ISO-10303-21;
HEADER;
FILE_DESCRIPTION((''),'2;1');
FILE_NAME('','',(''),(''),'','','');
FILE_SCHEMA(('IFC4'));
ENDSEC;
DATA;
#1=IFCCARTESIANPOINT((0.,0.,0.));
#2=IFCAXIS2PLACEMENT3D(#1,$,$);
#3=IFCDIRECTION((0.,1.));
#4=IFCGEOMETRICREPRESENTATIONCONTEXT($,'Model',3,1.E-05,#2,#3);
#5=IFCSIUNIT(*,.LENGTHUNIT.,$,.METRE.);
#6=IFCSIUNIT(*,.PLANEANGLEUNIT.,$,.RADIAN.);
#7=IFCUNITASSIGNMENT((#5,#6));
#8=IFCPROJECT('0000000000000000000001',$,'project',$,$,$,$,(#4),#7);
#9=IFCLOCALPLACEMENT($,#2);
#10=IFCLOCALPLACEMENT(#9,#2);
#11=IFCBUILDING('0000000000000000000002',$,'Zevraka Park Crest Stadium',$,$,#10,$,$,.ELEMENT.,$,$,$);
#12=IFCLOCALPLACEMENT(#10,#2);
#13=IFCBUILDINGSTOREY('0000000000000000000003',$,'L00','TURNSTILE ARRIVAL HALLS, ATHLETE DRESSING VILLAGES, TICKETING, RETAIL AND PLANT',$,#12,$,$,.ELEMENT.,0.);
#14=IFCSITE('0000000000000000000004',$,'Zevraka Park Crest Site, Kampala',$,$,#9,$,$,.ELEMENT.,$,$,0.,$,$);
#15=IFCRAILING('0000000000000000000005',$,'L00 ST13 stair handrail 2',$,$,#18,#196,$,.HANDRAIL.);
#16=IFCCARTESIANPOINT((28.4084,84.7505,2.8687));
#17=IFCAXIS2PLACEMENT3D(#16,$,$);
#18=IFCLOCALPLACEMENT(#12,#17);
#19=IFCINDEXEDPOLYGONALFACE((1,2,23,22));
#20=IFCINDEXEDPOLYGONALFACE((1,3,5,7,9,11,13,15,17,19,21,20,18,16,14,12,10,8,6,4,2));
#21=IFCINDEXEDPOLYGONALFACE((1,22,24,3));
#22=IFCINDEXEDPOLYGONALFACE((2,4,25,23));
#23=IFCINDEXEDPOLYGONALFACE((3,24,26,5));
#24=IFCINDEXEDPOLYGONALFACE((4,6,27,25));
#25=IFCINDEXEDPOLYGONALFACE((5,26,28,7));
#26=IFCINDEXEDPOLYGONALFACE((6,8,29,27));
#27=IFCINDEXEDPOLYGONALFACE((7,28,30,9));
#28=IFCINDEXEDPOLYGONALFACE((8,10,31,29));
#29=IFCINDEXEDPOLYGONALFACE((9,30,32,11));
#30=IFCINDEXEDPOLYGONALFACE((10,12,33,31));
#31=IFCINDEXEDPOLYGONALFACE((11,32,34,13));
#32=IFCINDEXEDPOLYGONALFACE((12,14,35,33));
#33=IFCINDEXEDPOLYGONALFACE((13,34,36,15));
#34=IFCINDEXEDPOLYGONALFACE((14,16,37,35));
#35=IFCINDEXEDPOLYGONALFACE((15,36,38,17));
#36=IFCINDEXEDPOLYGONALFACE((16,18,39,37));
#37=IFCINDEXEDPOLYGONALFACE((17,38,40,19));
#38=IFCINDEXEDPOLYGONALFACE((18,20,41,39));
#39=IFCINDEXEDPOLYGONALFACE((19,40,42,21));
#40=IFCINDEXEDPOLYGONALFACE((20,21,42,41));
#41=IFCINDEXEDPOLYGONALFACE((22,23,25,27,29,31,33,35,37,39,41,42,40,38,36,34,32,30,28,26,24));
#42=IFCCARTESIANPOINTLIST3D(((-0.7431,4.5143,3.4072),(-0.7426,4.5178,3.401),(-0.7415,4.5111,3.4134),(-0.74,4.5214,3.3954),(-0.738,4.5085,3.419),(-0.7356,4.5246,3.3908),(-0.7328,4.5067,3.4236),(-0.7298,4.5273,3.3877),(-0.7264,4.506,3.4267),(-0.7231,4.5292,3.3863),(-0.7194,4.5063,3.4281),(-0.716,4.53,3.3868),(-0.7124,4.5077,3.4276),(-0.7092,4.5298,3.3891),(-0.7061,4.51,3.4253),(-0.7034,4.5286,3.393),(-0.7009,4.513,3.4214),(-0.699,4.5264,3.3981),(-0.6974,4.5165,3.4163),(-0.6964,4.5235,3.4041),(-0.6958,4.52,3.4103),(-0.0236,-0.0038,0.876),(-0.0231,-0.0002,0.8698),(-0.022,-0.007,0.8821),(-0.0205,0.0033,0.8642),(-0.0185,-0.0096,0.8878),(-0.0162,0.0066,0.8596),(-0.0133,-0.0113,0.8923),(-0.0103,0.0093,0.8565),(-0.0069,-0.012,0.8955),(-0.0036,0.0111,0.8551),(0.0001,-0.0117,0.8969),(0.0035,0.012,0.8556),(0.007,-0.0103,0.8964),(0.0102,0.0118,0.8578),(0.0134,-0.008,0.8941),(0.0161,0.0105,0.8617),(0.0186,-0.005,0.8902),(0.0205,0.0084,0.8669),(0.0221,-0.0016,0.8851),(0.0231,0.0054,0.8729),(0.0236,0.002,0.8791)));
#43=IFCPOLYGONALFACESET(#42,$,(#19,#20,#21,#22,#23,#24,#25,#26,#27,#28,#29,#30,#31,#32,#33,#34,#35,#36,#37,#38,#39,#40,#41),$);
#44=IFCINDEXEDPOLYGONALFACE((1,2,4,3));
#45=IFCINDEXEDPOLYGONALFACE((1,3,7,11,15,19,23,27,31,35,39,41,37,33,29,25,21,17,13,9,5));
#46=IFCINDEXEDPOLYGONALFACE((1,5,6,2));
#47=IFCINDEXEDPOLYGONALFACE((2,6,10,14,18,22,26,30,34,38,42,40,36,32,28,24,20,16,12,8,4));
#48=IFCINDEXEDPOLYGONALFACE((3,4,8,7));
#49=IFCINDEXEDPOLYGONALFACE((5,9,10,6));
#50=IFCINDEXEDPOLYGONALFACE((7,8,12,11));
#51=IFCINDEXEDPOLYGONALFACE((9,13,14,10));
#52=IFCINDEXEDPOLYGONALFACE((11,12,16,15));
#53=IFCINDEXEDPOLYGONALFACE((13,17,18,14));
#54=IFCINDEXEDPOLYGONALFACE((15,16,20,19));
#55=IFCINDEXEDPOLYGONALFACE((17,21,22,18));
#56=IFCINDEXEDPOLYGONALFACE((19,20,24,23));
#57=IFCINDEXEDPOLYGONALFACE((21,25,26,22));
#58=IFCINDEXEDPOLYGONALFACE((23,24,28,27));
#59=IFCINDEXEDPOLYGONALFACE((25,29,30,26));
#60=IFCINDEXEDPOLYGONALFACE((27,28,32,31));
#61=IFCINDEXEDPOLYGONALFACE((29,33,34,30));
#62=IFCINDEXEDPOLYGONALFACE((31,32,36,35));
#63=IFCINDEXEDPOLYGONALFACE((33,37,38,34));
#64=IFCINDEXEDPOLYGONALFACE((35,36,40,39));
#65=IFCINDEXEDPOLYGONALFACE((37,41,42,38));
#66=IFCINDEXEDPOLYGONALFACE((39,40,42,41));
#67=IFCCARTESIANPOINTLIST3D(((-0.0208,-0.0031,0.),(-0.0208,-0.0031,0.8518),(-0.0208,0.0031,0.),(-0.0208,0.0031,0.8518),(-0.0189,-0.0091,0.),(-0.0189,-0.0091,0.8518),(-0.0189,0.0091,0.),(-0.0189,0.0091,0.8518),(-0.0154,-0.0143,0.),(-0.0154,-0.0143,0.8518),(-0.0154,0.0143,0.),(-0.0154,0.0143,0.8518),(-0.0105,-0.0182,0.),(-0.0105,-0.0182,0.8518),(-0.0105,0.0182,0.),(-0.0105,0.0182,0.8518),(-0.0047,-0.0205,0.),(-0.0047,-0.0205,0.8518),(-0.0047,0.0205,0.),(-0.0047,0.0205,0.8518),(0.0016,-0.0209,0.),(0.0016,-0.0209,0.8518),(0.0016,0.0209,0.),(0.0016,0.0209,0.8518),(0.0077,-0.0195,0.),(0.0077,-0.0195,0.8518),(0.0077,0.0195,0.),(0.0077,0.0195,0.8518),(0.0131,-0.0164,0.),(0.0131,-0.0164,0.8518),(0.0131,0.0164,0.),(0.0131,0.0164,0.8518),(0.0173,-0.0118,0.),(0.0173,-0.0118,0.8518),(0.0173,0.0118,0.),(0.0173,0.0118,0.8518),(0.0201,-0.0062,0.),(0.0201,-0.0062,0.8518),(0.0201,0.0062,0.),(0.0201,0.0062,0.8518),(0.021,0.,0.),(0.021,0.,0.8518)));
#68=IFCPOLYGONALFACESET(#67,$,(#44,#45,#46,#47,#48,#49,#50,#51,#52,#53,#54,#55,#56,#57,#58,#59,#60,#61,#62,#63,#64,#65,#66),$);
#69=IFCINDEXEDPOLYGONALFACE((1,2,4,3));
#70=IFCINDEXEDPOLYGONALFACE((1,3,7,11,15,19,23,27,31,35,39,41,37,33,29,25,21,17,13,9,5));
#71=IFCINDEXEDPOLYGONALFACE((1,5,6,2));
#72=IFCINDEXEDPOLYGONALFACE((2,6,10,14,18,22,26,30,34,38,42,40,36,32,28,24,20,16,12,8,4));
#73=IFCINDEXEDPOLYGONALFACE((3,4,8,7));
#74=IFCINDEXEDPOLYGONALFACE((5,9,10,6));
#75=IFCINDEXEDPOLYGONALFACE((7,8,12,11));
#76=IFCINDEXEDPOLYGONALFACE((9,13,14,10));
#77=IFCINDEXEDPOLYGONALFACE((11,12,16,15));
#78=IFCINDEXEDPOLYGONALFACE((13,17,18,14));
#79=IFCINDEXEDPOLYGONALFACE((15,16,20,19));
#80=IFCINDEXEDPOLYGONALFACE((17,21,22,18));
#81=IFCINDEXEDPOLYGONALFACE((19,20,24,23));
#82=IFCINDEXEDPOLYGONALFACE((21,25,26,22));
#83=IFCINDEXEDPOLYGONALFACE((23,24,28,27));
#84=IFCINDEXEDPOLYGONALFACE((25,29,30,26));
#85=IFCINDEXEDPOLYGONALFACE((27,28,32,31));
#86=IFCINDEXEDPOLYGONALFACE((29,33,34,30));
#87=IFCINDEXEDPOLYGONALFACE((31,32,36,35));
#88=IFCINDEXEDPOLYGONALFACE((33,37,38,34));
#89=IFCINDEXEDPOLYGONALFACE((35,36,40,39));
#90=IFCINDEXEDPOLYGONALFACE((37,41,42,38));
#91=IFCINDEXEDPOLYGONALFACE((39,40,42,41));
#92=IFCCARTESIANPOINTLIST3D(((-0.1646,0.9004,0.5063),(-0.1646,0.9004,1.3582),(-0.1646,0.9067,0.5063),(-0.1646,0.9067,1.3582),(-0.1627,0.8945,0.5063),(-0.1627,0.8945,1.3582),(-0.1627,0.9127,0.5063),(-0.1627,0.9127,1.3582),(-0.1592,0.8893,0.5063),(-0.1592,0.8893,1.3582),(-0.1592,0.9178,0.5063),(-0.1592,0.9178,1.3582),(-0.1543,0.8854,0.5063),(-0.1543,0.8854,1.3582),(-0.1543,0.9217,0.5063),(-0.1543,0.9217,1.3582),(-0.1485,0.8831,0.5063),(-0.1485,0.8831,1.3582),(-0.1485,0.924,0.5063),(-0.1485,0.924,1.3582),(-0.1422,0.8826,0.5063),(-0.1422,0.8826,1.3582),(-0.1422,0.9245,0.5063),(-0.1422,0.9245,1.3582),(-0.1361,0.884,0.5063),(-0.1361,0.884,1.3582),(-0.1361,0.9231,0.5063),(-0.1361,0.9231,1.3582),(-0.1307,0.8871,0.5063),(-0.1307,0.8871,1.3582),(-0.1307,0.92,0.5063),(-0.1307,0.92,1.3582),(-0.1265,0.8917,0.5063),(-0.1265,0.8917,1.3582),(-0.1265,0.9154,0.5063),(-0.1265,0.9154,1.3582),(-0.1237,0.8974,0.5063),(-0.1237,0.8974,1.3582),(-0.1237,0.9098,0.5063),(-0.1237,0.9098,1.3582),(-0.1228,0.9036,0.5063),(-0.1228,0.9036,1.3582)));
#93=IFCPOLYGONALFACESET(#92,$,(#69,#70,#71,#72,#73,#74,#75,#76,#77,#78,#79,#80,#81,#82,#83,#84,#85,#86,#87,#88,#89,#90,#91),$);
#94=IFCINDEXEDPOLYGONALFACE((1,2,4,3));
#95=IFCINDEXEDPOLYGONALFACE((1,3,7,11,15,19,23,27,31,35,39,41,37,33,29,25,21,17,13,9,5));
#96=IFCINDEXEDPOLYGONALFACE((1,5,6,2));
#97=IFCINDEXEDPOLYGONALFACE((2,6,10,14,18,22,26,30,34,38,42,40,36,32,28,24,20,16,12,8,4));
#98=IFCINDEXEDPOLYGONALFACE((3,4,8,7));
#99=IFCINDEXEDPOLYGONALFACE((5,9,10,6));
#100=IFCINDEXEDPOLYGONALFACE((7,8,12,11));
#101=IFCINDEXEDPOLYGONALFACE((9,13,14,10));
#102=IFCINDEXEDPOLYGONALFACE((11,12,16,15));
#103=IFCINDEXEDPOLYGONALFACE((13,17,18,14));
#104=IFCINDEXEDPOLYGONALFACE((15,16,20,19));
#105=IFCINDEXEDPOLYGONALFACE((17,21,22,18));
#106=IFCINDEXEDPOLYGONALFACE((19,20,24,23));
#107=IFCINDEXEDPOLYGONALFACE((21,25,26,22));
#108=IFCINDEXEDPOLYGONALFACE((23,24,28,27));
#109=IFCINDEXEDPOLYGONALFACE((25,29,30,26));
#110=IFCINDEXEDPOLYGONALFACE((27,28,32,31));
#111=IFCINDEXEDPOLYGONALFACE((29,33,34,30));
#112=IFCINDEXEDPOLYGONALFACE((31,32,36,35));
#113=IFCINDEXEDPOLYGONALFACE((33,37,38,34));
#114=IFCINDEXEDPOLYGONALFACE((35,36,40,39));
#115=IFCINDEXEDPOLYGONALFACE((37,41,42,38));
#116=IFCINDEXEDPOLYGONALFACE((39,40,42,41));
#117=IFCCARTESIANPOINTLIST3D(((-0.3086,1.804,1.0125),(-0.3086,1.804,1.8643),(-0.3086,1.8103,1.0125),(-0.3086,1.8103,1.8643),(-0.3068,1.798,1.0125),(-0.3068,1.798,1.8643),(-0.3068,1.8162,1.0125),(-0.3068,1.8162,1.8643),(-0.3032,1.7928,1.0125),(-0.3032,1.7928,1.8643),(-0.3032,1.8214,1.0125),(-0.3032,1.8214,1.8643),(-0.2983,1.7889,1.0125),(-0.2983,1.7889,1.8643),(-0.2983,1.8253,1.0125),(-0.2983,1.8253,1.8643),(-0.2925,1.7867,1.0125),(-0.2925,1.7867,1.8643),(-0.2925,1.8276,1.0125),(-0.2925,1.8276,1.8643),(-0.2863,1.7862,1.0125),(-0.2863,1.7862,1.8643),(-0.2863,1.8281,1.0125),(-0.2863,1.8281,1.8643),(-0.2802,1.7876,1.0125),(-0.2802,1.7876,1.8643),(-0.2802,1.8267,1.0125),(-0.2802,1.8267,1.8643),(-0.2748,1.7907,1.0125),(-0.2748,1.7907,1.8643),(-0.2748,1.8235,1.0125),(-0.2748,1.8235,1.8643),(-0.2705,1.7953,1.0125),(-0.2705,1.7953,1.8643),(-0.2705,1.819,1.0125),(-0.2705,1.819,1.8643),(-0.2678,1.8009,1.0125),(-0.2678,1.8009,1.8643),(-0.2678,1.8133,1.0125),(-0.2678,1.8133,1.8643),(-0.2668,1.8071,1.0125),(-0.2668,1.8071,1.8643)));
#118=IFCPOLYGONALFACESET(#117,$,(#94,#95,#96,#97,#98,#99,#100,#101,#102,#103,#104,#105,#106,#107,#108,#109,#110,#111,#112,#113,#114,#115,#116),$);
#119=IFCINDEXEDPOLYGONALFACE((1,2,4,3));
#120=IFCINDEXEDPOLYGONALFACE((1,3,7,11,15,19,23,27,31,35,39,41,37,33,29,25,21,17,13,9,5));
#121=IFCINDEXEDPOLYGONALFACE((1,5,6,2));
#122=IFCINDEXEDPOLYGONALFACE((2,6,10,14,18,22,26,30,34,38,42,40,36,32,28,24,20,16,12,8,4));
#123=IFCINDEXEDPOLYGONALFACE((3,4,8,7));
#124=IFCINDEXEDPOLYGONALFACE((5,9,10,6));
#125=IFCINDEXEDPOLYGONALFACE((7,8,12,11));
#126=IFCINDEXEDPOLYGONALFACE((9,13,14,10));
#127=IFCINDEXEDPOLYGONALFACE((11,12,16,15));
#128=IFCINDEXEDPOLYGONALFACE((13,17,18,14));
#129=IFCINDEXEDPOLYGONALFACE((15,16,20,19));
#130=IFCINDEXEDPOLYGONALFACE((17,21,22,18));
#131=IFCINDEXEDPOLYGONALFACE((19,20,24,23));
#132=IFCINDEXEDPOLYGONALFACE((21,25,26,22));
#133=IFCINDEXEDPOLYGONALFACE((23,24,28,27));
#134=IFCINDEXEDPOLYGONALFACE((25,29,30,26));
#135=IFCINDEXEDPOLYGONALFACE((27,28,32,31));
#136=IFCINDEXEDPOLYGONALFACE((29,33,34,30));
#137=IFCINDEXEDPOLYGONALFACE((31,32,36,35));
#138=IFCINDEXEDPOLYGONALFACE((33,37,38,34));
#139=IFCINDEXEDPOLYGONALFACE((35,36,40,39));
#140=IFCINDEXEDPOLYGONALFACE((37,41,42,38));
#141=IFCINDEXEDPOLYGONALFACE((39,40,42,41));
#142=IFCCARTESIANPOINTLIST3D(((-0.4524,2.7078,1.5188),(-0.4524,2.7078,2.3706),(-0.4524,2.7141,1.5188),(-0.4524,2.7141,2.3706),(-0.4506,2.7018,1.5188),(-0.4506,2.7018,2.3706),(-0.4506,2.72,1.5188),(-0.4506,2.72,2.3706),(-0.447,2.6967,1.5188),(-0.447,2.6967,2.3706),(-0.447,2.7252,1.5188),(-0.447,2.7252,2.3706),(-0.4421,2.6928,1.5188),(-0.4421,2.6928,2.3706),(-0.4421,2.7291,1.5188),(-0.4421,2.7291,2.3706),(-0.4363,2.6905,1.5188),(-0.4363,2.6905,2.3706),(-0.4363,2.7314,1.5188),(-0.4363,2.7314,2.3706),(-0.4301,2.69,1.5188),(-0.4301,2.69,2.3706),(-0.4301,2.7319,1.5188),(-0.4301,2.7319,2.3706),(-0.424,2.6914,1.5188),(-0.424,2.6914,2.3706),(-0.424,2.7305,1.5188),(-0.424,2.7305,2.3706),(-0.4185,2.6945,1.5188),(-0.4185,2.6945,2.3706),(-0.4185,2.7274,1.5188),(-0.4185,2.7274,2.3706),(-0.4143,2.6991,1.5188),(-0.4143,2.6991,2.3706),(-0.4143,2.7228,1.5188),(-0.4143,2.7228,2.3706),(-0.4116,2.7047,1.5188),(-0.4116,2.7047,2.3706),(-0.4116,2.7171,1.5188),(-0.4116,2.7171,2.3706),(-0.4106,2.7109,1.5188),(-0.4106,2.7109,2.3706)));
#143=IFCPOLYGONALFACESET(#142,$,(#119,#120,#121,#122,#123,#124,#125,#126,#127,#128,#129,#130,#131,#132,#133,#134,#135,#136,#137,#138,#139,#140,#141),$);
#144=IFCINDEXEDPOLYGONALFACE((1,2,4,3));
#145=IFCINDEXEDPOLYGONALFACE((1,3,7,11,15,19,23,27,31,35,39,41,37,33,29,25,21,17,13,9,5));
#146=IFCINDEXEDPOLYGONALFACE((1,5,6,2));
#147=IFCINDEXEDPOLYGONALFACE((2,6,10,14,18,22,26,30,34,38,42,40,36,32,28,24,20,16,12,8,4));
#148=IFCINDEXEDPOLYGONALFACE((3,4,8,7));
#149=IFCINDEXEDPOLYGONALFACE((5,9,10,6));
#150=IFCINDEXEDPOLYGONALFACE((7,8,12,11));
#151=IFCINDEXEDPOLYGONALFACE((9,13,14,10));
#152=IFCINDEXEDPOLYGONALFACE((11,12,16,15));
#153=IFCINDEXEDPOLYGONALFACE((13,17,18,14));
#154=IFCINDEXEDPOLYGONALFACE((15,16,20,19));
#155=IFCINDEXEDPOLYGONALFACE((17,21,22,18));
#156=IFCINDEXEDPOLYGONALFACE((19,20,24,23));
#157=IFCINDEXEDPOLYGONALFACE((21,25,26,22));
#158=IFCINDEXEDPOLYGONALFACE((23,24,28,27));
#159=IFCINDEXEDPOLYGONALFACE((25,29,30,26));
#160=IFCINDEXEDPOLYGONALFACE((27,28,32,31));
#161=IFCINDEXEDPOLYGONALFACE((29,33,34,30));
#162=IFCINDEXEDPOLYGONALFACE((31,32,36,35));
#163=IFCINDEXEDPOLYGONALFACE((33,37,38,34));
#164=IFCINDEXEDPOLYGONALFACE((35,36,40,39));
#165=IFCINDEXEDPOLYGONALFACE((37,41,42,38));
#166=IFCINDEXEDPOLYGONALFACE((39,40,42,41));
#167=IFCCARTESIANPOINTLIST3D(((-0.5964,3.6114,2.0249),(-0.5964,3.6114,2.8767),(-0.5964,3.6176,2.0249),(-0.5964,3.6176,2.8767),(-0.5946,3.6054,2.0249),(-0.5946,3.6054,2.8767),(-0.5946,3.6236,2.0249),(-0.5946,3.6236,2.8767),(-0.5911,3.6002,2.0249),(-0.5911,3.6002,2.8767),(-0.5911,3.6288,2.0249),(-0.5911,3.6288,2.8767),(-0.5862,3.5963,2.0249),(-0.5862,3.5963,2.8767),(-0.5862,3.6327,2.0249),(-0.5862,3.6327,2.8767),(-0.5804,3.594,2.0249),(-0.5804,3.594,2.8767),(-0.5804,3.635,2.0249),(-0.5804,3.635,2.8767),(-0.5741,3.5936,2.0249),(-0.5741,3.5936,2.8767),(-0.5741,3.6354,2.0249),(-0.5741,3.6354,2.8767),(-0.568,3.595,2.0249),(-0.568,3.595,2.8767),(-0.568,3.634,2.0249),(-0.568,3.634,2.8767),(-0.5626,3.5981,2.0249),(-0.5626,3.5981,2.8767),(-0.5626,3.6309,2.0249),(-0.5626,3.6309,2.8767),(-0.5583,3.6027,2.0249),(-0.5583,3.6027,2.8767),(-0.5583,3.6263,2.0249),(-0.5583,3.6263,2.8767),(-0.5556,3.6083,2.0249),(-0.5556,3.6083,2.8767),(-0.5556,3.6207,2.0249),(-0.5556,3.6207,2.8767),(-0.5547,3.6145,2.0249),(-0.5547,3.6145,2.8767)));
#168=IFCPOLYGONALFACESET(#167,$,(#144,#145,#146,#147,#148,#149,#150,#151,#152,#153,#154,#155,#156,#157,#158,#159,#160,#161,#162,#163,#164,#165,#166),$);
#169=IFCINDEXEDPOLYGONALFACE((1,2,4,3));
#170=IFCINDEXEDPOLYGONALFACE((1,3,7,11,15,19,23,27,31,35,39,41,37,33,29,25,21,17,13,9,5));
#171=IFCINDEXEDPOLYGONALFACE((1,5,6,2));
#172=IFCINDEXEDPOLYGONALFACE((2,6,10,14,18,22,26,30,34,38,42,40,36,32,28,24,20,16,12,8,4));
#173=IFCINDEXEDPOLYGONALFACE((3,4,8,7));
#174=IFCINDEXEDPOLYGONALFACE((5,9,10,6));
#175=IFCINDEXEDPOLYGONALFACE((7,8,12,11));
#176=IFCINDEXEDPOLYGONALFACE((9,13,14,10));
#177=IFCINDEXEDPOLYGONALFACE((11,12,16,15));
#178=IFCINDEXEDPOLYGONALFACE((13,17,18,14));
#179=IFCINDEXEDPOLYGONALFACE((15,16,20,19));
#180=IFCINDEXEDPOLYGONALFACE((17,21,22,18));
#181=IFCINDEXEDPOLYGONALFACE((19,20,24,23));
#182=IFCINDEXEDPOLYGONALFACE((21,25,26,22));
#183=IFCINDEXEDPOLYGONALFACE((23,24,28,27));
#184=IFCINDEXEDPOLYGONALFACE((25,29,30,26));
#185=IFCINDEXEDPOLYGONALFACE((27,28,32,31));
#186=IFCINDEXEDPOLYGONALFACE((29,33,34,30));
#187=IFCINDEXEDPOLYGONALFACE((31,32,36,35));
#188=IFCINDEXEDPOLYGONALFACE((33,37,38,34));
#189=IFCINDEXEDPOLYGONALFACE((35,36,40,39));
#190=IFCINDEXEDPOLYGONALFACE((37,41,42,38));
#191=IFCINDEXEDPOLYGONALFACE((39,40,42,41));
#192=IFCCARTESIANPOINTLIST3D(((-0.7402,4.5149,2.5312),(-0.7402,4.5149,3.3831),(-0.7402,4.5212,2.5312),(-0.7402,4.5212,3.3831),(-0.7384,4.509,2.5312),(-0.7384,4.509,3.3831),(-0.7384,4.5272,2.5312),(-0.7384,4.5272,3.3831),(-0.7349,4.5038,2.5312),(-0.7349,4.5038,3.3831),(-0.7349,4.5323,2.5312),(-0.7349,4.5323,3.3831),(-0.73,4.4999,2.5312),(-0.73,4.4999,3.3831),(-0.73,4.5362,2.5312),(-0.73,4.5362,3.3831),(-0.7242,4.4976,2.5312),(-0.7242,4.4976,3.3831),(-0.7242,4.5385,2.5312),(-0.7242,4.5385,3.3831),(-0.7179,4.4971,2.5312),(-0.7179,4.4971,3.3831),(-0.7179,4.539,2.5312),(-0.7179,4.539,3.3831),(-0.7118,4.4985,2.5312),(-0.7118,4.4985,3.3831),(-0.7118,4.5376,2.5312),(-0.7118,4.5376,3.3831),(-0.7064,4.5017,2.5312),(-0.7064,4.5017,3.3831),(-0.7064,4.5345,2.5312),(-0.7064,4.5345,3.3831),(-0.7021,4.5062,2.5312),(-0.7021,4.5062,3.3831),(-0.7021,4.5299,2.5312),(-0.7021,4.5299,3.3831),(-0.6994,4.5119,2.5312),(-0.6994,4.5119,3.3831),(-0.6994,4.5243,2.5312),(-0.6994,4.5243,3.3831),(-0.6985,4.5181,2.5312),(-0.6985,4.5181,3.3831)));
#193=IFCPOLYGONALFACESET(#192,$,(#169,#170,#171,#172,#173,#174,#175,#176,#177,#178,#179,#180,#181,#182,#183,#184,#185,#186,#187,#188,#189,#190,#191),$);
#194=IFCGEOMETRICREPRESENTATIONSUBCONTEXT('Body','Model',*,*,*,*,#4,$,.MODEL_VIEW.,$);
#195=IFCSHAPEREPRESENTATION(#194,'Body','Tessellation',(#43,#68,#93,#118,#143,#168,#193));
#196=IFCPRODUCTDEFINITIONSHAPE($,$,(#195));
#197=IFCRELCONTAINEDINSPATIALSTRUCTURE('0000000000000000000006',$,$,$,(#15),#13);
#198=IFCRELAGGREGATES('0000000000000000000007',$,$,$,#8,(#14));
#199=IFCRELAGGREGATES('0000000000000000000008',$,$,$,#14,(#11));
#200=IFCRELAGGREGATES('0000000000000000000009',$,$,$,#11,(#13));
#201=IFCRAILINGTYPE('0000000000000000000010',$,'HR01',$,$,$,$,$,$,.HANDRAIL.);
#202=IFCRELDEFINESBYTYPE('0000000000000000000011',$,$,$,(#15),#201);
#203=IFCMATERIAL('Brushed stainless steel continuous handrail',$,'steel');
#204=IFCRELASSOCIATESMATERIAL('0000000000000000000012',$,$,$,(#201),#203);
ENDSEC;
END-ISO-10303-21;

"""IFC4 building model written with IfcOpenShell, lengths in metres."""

from ifc_helpers import new_model, si_unit, direction, frame, origin, origin_2d, place, context, subcontext, project, spatial, circle, extrude, material, type_object, element, save


model = new_model("IFC4")

# Units and contexts
model_context = context("Model", 3, precision=1e-05, world=origin(), true_north=direction((0.0, 1.0)))
body_context = subcontext(model_context, "Body", "Model", "MODEL_VIEW")
ifc_project = project(units=[si_unit("LENGTHUNIT", "METRE"), si_unit("PLANEANGLEUNIT", "RADIAN")], contexts=[model_context])

# Site, building, storey
site_placement = place(None, origin())
site = spatial("IfcSite", under=ifc_project, at=site_placement, Name="Zevraka Park Crest Site, Kampala", CompositionType="ELEMENT", RefElevation=0.0)
building_placement = place(site_placement, origin())
building = spatial("IfcBuilding", under=site, at=building_placement, Name="Zevraka Park Crest Stadium", CompositionType="ELEMENT")
storey_placement = place(building_placement, origin())
storey = spatial("IfcBuildingStorey", under=building, at=storey_placement, Name="L00", Description="TURNSTILE ARRIVAL HALLS, ATHLETE DRESSING VILLAGES, TICKETING, RETAIL AND PLANT", CompositionType="ELEMENT", Elevation=0.0)

# Railing
ifc_material_1 = material(Name="Brushed stainless steel continuous handrail", Category="steel")
railing_type_1 = type_object("IfcRailingType", Name="HR01", PredefinedType="HANDRAIL", material=ifc_material_1)
railing_1_placement = place(storey_placement, frame((28.4084, 84.7505, 2.8687)))
element("IfcRailing", 1, at=railing_1_placement, inside=storey, type_object=railing_type_1, Name="L00 ST13 stair handrail 2", PredefinedType="HANDRAIL", context=body_context, shape_type="SweptSolid", body=[
    extrude(circle(Radius=0.0239, at=origin_2d()), frame((0.0, 0.0, 0.876), z_axis=(-0.137606, 0.864113, 0.48412), x_axis=(-0.987557, -0.157264, 0.0)), (0.0, 0.0, 1.0), 5.2285),
    extrude(circle(Radius=0.021, at=origin_2d()), origin(), (0.0, 0.0, 1.0), 0.8518),
    extrude(circle(Radius=0.021, at=origin_2d()), frame((-0.1438, 0.9036, 0.5063)), (0.0, 0.0, 1.0), 0.8518),
    extrude(circle(Radius=0.021, at=origin_2d()), frame((-0.2878, 1.8071, 1.0125)), (0.0, 0.0, 1.0), 0.8518),
    extrude(circle(Radius=0.021, at=origin_2d()), frame((-0.4316, 2.7109, 1.5188)), (0.0, 0.0, 1.0), 0.8518),
    extrude(circle(Radius=0.021, at=origin_2d()), frame((-0.5757, 3.6145, 2.0249)), (0.0, 0.0, 1.0), 0.8518),
    extrude(circle(Radius=0.021, at=origin_2d()), frame((-0.7195, 4.5181, 2.5312)), (0.0, 0.0, 1.0), 0.8518),
])

save(model, "model.ifc")
